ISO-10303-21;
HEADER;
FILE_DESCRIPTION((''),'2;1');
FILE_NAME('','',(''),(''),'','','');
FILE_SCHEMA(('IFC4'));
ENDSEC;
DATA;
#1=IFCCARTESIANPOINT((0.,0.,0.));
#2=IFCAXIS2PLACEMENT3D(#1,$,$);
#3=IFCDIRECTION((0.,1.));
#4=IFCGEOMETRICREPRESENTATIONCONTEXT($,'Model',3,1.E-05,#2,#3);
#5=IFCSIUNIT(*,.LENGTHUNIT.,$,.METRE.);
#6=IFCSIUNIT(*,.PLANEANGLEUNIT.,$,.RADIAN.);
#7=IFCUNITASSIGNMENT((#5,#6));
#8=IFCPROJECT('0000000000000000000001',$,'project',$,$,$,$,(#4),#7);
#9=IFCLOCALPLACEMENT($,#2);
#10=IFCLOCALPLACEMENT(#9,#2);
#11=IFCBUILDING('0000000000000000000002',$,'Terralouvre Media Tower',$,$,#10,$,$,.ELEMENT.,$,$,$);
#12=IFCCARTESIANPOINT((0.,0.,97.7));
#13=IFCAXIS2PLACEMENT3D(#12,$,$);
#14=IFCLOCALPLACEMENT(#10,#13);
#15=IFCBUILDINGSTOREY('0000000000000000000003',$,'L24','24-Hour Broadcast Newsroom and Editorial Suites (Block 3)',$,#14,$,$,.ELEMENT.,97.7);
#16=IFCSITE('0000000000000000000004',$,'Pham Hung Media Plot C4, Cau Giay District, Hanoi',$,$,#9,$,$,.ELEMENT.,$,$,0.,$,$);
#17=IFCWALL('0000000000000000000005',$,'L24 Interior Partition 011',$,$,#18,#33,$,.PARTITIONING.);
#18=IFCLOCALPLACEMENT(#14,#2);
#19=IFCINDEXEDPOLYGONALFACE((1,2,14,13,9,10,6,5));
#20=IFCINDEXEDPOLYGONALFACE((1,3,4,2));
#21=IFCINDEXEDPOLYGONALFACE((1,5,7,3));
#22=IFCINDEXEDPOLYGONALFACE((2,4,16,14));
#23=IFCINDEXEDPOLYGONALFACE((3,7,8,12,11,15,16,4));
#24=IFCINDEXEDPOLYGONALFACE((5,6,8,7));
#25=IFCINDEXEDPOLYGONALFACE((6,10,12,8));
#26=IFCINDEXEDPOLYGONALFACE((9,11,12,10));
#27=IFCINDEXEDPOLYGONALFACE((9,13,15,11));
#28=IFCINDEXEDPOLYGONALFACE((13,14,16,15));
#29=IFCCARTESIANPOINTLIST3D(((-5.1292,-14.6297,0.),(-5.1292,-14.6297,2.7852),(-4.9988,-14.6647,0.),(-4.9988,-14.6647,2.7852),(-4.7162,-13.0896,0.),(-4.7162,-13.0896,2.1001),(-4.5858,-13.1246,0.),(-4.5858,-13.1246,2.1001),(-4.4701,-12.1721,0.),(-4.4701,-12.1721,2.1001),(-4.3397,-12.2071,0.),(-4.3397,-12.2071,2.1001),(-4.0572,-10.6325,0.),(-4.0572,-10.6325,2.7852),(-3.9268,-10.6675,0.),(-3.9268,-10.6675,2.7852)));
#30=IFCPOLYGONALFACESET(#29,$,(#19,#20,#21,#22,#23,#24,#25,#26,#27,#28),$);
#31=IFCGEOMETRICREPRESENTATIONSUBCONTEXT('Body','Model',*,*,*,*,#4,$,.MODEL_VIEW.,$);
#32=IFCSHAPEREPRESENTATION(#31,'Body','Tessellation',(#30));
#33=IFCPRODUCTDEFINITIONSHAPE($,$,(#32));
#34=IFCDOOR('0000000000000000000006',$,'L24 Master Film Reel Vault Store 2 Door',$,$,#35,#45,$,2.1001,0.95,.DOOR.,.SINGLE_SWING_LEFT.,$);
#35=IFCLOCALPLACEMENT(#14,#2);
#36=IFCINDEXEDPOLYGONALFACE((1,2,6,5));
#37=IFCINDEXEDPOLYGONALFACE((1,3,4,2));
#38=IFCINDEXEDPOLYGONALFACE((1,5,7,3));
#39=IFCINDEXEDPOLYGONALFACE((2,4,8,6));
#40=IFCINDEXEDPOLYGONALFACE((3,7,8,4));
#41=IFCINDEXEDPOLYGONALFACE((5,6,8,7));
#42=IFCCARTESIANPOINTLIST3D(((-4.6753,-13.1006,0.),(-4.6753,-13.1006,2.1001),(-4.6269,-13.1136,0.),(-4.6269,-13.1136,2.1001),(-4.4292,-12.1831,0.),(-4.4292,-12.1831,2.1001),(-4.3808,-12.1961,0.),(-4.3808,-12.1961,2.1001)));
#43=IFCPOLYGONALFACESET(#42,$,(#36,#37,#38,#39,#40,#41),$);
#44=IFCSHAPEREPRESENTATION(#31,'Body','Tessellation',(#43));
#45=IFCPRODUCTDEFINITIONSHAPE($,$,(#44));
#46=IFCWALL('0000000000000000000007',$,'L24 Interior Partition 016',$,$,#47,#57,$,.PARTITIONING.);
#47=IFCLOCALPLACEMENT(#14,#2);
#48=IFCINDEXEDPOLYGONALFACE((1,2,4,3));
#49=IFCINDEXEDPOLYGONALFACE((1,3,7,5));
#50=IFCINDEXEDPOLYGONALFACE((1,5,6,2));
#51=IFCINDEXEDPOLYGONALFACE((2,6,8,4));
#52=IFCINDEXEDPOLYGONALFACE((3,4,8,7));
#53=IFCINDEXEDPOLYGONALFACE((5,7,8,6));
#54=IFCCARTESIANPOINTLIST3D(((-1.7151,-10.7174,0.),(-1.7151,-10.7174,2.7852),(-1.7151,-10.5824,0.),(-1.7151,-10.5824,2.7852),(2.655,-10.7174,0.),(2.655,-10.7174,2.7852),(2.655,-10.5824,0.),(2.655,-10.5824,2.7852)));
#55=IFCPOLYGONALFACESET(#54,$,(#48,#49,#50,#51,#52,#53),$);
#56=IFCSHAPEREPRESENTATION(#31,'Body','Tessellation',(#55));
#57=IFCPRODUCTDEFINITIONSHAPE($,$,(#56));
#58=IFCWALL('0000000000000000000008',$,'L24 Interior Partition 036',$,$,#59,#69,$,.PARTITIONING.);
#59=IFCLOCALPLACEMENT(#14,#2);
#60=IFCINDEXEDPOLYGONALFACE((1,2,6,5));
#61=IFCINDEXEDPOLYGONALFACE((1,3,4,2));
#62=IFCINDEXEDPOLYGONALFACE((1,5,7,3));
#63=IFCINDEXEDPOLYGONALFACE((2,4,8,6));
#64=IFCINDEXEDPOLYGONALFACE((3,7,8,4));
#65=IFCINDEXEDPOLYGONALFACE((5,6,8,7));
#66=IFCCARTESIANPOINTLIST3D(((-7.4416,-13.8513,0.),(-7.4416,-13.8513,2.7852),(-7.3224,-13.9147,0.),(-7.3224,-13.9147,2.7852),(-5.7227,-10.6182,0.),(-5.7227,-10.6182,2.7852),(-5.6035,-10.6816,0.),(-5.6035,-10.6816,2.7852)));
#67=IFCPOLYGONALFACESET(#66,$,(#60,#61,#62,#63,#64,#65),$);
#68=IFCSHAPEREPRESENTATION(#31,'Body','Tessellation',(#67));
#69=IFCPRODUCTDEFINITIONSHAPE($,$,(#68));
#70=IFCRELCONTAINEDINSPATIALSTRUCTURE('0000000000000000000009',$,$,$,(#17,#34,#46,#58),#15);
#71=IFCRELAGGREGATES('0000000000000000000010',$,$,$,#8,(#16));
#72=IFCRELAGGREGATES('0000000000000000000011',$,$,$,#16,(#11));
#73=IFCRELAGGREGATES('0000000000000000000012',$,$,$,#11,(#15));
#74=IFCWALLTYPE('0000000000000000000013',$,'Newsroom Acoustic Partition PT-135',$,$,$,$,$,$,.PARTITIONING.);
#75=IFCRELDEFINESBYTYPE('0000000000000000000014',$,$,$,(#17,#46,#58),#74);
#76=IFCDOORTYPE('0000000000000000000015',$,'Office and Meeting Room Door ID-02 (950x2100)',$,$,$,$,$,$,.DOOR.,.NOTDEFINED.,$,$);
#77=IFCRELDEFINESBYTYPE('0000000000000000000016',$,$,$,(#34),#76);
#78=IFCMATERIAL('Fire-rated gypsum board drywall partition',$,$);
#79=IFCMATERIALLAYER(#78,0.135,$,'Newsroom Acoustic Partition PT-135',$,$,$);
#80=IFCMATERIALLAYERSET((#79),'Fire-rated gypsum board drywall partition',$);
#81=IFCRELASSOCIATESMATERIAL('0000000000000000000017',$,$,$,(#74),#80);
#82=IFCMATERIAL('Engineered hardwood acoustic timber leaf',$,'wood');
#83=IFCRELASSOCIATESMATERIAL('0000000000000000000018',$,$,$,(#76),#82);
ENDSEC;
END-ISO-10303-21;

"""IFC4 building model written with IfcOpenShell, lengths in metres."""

from ifc_helpers import new_model, si_unit, direction, frame, frame_2d, origin, place, context, subcontext, project, spatial, rectangle, extrude, material, layer, layer_set, type_object, element, fill, save


model = new_model("IFC4")

# Units and contexts
model_context = context("Model", 3, precision=1e-05, world=origin(), true_north=direction((0.0, 1.0)))
body_context = subcontext(model_context, "Body", "Model", "MODEL_VIEW")
ifc_project = project(units=[si_unit("LENGTHUNIT", "METRE"), si_unit("PLANEANGLEUNIT", "RADIAN")], contexts=[model_context])

# Site, building, storey
site_placement = place(None, origin())
site = spatial("IfcSite", under=ifc_project, at=site_placement, Name="Pham Hung Media Plot C4, Cau Giay District, Hanoi", CompositionType="ELEMENT", RefElevation=0.0)
building_placement = place(site_placement, origin())
building = spatial("IfcBuilding", under=site, at=building_placement, Name="Terralouvre Media Tower", CompositionType="ELEMENT")
storey_placement = place(building_placement, frame((0.0, 0.0, 97.7)))
storey = spatial("IfcBuildingStorey", under=building, at=storey_placement, Name="L24", Description="24-Hour Broadcast Newsroom and Editorial Suites (Block 3)", CompositionType="ELEMENT", Elevation=97.7)

# Wall, opening, door
ifc_material_1 = material(Name="Fire-rated gypsum board drywall partition")
ifc_layer_1 = layer(ifc_material_1, 0.135, Name="Newsroom Acoustic Partition PT-135")
ifc_layer_set_1 = layer_set([ifc_layer_1], Name="Fire-rated gypsum board drywall partition")
wall_type_1 = type_object("IfcWallType", Name="Newsroom Acoustic Partition PT-135", PredefinedType="PARTITIONING", material=ifc_layer_set_1)
wall_1_placement = place(storey_placement, frame((-3.9919, -10.6499, 0.0), z_axis=(0.0, 0.0, 1.0), x_axis=(-0.259047, -0.965865, 0.0)))
wall_1 = element("IfcWall", 1, at=wall_1_placement, inside=storey, type_object=wall_type_1, Name="L24 Interior Partition 011", PredefinedType="PARTITIONING", context=body_context, shape_type="SweptSolid", body=[
    extrude(rectangle(XDim=4.1384, YDim=0.135, at=frame_2d((2.0693, 0.0))), origin(), (0.0, 0.0, 1.0), 2.7852),
])
opening_1_placement = place(wall_1_placement, frame((1.594, 0.0, 0.0)))
opening_1 = element("IfcOpeningElement", 2, at=opening_1_placement, cuts=wall_1, PredefinedType="OPENING", context=body_context, shape_type="SweptSolid", body=[
    extrude(rectangle(XDim=0.95, YDim=2.1001, at=frame_2d((0.4751, 1.05))), frame((0.0, 0.0774, 0.0), z_axis=(0.0, -1.0, 0.0), x_axis=(1.0, 0.0, 0.0)), (0.0, 0.0, 1.0), 0.155),
])
ifc_material_2 = material(Name="Engineered hardwood acoustic timber leaf", Category="wood")
door_type_1 = type_object("IfcDoorType", Name="Office and Meeting Room Door ID-02 (950x2100)", OperationType="NOTDEFINED", PredefinedType="DOOR", material=ifc_material_2)
door_1_placement = place(opening_1_placement, origin())
door_1 = element("IfcDoor", 3, at=door_1_placement, inside=storey, type_object=door_type_1, Name="L24 Master Film Reel Vault Store 2 Door", OperationType="SINGLE_SWING_LEFT", OverallHeight=2.1001, OverallWidth=0.95, PredefinedType="DOOR", context=body_context, shape_type="SweptSolid", body=[
    extrude(rectangle(XDim=0.95, YDim=2.1001, at=frame_2d((0.4751, 1.05))), frame((0.0, 0.0249, 0.0), z_axis=(0.0, -1.0, 0.0), x_axis=(1.0, 0.0, 0.0)), (0.0, 0.0, 1.0), 0.05),
])
fill(opening_1, door_1)

# Walls
wall_2_placement = place(storey_placement, frame((-1.7151, -10.6499, 0.0), z_axis=(0.0, 0.0, 1.0), x_axis=(1.0, 0.0, 0.0)))
element("IfcWall", 4, at=wall_2_placement, inside=storey, type_object=wall_type_1, Name="L24 Interior Partition 016", PredefinedType="PARTITIONING", context=body_context, shape_type="SweptSolid", body=[
    extrude(rectangle(XDim=4.3701, YDim=0.135, at=frame_2d((2.1851, 0.0))), origin(), (0.0, 0.0, 1.0), 2.7852),
])
wall_3_placement = place(storey_placement, frame((-5.6631, -10.6499, 0.0), z_axis=(0.0, 0.0, 1.0), x_axis=(-0.469449, -0.882959, 0.0)))
element("IfcWall", 5, at=wall_3_placement, inside=storey, type_object=wall_type_1, Name="L24 Interior Partition 036", PredefinedType="PARTITIONING", context=body_context, shape_type="SweptSolid", body=[
    extrude(rectangle(XDim=3.6616, YDim=0.135, at=frame_2d((1.8308, 0.0))), origin(), (0.0, 0.0, 1.0), 2.7852),
])

save(model, "model.ifc")
